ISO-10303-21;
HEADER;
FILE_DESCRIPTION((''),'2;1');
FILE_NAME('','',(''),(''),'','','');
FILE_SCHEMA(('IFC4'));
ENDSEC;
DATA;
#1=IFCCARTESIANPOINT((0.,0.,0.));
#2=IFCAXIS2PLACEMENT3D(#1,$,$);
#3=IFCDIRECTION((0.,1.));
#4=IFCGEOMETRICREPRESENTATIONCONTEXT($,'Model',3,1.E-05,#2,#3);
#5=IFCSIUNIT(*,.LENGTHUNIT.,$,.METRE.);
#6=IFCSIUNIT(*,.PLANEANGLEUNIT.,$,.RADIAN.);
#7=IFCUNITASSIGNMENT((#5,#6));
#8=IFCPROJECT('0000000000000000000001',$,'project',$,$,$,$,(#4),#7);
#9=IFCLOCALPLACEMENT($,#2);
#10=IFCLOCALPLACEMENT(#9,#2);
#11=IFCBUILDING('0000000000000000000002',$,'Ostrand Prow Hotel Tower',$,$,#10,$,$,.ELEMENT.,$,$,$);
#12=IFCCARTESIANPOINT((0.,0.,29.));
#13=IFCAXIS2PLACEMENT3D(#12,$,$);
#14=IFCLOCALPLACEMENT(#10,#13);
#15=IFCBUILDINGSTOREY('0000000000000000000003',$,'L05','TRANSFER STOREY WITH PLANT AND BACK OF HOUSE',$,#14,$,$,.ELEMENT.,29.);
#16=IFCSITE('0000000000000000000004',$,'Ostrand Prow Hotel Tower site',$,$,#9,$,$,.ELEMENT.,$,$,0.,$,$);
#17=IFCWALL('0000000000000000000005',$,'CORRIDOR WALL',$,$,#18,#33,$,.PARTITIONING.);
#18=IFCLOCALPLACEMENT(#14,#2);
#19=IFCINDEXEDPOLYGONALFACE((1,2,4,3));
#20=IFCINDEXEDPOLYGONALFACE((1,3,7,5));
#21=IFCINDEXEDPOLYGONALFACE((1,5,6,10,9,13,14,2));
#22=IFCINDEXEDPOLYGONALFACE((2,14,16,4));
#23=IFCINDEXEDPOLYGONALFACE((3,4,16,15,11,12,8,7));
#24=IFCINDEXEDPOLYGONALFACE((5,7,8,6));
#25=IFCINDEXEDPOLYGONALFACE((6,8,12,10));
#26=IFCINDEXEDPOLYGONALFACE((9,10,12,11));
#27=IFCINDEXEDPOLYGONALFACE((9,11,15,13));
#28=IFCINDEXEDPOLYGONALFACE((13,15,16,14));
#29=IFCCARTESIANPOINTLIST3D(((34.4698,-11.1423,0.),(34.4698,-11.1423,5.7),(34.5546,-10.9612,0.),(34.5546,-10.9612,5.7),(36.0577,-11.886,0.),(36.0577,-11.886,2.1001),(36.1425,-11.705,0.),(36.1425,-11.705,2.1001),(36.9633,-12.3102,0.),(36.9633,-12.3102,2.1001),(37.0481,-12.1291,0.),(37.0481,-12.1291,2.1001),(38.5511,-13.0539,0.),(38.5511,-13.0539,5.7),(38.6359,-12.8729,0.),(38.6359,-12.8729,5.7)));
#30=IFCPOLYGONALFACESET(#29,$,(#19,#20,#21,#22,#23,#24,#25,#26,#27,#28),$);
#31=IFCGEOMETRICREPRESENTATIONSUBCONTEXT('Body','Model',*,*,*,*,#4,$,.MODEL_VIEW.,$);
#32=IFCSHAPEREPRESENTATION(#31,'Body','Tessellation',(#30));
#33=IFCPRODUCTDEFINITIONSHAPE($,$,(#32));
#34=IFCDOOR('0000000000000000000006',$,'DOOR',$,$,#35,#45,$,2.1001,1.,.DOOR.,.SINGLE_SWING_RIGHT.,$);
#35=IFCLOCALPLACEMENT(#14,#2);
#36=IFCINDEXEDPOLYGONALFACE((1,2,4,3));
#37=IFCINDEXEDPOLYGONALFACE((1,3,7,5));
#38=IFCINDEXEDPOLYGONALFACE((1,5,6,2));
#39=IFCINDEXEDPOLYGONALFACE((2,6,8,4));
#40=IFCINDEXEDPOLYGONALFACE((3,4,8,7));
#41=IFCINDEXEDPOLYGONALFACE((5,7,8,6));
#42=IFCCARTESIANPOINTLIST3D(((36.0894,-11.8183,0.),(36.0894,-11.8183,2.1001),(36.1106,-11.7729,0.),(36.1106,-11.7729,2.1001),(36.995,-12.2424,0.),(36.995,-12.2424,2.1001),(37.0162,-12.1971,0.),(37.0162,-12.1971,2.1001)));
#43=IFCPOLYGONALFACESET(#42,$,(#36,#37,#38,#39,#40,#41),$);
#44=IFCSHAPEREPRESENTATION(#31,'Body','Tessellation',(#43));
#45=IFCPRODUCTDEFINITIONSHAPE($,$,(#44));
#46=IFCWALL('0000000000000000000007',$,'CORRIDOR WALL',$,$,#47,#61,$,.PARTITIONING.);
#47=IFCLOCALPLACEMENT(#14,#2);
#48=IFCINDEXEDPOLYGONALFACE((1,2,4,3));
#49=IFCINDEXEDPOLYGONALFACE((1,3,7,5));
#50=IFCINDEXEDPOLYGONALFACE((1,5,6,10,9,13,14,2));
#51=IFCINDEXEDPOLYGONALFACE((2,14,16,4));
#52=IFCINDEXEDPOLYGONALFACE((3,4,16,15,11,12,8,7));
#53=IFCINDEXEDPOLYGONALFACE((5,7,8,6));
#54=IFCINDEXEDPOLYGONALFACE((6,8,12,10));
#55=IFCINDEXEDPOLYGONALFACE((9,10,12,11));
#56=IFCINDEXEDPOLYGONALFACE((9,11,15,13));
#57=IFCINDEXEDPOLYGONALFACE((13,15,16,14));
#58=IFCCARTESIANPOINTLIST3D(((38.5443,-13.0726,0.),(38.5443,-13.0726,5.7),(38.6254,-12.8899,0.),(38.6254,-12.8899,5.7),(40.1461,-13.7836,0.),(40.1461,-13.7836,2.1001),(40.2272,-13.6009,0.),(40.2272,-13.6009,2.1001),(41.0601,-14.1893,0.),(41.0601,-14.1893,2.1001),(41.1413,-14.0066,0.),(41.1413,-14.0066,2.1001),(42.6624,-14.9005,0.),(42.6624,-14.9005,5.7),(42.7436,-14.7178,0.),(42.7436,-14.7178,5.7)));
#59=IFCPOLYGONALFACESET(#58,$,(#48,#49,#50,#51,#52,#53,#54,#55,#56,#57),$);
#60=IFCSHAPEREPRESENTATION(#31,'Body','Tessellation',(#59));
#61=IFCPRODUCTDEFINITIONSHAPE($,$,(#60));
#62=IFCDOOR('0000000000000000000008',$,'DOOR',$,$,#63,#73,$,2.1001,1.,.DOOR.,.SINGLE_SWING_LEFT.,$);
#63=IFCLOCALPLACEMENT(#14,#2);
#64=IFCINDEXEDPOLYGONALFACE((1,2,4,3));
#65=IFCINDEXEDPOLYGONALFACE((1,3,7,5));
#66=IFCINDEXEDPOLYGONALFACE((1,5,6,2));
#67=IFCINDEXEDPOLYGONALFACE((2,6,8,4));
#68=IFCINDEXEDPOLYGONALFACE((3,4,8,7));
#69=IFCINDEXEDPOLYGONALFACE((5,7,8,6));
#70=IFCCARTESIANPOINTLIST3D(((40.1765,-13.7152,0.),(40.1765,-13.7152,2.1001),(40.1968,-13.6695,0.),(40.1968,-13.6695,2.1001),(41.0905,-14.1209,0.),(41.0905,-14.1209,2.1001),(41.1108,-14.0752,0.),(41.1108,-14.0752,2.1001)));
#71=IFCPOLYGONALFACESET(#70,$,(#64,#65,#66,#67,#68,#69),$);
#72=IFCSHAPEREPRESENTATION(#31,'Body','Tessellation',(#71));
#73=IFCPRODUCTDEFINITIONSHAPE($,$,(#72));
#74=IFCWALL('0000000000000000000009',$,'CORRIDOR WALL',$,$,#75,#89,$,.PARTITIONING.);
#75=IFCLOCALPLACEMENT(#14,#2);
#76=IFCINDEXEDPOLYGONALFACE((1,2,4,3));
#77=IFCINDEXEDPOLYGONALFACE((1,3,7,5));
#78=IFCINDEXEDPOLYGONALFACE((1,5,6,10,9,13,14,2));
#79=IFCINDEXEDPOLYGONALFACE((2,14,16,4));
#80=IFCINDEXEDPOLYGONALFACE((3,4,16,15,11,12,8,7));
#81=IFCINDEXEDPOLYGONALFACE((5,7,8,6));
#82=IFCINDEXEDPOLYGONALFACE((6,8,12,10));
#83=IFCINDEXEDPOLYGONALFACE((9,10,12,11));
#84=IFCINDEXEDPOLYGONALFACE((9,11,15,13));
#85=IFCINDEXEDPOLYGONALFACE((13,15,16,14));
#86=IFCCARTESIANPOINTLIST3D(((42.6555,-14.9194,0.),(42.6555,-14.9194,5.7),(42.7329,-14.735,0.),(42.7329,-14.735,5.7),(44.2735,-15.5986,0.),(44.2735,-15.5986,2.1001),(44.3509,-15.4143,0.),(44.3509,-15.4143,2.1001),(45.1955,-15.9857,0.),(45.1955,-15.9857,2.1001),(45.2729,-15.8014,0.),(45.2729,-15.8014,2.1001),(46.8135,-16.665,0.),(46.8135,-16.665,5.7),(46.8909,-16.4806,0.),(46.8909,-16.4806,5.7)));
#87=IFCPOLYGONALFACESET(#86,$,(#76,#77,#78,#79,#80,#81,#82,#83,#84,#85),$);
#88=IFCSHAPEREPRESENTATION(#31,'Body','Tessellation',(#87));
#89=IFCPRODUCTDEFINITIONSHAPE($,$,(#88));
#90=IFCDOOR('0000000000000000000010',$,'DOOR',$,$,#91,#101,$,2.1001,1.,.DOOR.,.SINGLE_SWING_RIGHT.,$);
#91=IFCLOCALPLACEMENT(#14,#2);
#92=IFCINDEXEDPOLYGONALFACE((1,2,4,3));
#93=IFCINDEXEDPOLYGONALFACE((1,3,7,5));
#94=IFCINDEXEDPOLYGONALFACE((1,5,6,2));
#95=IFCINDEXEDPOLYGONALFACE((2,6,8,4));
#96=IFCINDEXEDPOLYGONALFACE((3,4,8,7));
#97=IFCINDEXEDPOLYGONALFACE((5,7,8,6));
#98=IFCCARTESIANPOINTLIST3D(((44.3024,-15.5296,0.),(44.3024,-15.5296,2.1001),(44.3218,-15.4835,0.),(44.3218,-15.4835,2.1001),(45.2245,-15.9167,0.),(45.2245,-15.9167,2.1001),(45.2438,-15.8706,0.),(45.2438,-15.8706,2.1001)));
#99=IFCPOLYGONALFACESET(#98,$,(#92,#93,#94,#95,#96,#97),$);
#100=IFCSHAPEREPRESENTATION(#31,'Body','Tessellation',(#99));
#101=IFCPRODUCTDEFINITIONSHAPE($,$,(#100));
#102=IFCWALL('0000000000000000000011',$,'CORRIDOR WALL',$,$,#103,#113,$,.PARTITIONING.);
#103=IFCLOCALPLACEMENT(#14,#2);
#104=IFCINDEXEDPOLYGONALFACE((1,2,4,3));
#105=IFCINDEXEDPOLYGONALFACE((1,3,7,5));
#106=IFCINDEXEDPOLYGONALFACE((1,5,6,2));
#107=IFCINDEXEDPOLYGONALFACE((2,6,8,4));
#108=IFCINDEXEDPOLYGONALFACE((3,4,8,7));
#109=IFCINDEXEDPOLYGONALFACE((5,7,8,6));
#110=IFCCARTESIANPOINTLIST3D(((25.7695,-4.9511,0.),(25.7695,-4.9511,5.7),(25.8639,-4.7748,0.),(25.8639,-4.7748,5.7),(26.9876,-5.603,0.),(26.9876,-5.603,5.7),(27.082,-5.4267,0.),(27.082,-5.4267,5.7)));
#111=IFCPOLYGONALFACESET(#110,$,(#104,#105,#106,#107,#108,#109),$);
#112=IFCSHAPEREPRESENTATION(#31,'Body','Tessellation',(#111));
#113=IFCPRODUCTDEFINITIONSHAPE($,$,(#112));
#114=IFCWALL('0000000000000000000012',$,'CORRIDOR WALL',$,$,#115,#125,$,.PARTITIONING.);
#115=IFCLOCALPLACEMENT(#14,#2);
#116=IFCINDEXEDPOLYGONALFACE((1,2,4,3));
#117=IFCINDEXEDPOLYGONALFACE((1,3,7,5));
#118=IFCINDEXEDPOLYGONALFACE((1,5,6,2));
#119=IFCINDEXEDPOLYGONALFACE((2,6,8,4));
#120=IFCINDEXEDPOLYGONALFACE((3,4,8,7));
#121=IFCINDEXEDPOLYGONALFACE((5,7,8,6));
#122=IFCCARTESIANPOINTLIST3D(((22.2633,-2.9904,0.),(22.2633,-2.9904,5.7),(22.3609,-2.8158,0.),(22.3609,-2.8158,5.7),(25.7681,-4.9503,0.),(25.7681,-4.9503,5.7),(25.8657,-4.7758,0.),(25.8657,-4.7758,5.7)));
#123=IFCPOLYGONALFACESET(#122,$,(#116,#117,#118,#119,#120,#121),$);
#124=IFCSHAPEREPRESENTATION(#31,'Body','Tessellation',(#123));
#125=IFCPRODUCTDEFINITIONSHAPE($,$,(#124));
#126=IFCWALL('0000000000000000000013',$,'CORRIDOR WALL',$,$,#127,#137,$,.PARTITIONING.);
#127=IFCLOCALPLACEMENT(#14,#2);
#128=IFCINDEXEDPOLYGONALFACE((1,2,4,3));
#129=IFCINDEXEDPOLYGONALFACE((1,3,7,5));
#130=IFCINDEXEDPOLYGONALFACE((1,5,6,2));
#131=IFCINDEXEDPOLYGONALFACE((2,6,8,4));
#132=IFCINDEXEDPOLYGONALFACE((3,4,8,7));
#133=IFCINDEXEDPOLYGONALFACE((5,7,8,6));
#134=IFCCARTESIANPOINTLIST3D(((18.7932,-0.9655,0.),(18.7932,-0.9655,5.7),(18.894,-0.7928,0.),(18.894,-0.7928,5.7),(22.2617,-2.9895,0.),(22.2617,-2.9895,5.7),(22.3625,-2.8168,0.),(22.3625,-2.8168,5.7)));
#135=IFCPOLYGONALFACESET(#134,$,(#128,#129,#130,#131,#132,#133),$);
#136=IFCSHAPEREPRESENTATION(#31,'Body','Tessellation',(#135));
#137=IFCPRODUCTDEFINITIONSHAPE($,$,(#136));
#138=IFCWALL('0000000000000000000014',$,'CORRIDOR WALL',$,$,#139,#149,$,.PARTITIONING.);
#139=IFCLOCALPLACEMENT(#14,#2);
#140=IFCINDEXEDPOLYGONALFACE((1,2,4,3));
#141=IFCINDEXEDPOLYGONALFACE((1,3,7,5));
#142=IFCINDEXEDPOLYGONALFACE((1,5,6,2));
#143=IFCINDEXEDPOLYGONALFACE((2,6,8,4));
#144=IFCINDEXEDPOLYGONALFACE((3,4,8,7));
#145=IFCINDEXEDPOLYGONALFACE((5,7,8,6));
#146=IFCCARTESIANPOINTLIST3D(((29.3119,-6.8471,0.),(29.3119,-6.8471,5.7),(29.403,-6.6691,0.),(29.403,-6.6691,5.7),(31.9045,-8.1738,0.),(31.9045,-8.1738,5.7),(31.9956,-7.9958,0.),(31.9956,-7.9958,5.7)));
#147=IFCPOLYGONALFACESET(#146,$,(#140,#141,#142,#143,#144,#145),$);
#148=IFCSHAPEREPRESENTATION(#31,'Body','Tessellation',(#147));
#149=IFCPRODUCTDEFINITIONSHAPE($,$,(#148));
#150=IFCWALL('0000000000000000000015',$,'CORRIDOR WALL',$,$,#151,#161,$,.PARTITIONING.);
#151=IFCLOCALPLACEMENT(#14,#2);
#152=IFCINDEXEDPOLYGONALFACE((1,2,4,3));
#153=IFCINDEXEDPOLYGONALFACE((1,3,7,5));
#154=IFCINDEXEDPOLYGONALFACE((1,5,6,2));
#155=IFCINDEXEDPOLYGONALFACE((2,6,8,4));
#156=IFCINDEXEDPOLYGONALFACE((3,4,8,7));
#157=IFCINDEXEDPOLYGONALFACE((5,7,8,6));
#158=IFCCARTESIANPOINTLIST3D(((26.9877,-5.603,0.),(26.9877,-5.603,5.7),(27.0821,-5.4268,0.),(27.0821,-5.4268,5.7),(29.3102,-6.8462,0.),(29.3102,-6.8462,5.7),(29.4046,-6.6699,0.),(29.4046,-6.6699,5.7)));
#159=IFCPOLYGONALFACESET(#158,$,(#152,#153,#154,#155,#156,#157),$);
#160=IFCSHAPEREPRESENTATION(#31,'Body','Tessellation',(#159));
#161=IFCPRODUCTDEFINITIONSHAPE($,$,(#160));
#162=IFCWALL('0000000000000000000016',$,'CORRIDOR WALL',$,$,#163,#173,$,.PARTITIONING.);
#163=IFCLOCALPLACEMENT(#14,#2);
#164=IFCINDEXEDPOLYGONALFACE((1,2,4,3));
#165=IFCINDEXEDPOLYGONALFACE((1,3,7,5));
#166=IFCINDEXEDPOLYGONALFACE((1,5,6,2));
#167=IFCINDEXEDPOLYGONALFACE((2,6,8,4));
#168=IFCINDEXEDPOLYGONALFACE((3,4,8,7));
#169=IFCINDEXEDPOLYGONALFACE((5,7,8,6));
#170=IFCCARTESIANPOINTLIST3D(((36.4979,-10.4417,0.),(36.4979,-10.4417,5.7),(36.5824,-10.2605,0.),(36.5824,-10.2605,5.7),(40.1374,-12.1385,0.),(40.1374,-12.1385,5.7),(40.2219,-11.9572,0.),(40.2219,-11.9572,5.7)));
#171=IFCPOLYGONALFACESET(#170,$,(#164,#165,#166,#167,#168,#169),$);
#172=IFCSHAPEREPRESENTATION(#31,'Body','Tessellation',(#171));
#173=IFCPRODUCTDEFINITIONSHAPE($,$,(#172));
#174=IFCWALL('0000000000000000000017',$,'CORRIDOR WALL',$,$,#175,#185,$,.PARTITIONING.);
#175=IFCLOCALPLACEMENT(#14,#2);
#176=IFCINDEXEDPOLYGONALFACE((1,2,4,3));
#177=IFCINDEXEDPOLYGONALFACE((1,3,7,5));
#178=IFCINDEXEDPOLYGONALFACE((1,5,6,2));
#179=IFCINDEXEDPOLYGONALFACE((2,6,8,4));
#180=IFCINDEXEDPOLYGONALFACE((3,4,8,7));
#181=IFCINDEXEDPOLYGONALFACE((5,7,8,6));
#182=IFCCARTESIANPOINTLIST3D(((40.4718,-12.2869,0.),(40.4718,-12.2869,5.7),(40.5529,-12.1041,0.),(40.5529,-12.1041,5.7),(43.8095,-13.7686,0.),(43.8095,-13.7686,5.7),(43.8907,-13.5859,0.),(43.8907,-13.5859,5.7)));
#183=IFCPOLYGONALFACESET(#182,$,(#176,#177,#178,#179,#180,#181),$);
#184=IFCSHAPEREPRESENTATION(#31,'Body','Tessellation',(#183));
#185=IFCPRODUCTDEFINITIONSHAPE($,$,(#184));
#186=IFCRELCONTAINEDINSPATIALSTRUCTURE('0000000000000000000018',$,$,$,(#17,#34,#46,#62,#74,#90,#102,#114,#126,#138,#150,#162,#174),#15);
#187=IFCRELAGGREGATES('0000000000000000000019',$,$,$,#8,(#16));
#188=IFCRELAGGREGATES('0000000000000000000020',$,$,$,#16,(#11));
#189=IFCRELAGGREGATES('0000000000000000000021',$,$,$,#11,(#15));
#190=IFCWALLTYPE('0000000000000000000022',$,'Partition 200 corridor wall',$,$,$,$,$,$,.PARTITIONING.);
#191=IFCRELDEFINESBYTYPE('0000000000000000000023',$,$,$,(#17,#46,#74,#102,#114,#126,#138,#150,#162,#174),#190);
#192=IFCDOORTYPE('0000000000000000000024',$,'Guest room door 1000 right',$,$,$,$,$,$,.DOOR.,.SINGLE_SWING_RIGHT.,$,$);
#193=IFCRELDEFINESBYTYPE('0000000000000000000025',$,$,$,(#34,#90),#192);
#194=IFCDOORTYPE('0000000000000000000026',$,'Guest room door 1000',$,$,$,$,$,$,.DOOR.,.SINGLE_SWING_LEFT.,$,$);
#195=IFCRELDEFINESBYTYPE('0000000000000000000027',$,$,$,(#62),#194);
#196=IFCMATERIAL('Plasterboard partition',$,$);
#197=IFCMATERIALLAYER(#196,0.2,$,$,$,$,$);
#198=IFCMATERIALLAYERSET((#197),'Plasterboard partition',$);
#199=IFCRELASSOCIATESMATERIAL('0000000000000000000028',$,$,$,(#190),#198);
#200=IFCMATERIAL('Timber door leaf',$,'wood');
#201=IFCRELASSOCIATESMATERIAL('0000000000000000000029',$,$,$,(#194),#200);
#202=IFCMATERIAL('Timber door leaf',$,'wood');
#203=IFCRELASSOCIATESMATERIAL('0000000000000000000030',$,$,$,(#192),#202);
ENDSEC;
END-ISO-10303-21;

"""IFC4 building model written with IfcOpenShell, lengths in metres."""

from ifc_helpers import new_model, si_unit, direction, frame, frame_2d, origin, place, context, subcontext, project, spatial, rectangle, extrude, material, layer, layer_set, type_object, element, fill, save


model = new_model("IFC4")

# Units and contexts
model_context = context("Model", 3, precision=1e-05, world=origin(), true_north=direction((0.0, 1.0)))
body_context = subcontext(model_context, "Body", "Model", "MODEL_VIEW")
ifc_project = project(units=[si_unit("LENGTHUNIT", "METRE"), si_unit("PLANEANGLEUNIT", "RADIAN")], contexts=[model_context])

# Site, building, storey
site_placement = place(None, origin())
site = spatial("IfcSite", under=ifc_project, at=site_placement, Name="Ostrand Prow Hotel Tower site", CompositionType="ELEMENT", RefElevation=0.0)
building_placement = place(site_placement, origin())
building = spatial("IfcBuilding", under=site, at=building_placement, Name="Ostrand Prow Hotel Tower", CompositionType="ELEMENT")
storey_placement = place(building_placement, frame((0.0, 0.0, 29.0)))
storey = spatial("IfcBuildingStorey", under=building, at=storey_placement, Name="L05", Description="TRANSFER STOREY WITH PLANT AND BACK OF HOUSE", CompositionType="ELEMENT", Elevation=29.0)

# Walls, openings, doors
ifc_material_1 = material(Name="Plasterboard partition")
ifc_layer_1 = layer(ifc_material_1, 0.2)
ifc_layer_set_1 = layer_set([ifc_layer_1], Name="Plasterboard partition")
wall_type_1 = type_object("IfcWallType", Name="Partition 200 corridor wall", PredefinedType="PARTITIONING", material=ifc_layer_set_1)
ifc_material_2 = material(Name="Timber door leaf", Category="wood")
door_type_1 = type_object("IfcDoorType", Name="Guest room door 1000", OperationType="SINGLE_SWING_LEFT", PredefinedType="DOOR", material=ifc_material_2)
ifc_material_3 = material(Name="Timber door leaf", Category="wood")
door_type_2 = type_object("IfcDoorType", Name="Guest room door 1000 right", OperationType="SINGLE_SWING_RIGHT", PredefinedType="DOOR", material=ifc_material_3)
wall_1_placement = place(storey_placement, frame((34.5122, -11.0518, 0.0), z_axis=(0.0, 0.0, 1.0), x_axis=(0.905586, -0.424163, 0.0)))
wall_1 = element("IfcWall", 1, at=wall_1_placement, inside=storey, type_object=wall_type_1, Name="CORRIDOR WALL", PredefinedType="PARTITIONING", context=body_context, shape_type="SweptSolid", body=[
    extrude(rectangle(XDim=4.5068, YDim=0.2, at=frame_2d((2.2534, 0.0))), origin(), (0.0, 0.0, 1.0), 5.7),
])
opening_1_placement = place(wall_1_placement, frame((1.7534, 0.0, 0.0)))
opening_1 = element("IfcOpeningElement", 2, at=opening_1_placement, cuts=wall_1, PredefinedType="OPENING", context=body_context, shape_type="SweptSolid", body=[
    extrude(rectangle(XDim=1.0, YDim=2.1001, at=frame_2d((0.5, 1.05))), frame((0.0, 0.1099, 0.0), z_axis=(0.0, -1.0, 0.0), x_axis=(1.0, 0.0, 0.0)), (0.0, 0.0, 1.0), 0.22),
])
door_1_placement = place(opening_1_placement, origin())
door_1 = element("IfcDoor", 3, at=door_1_placement, inside=storey, type_object=door_type_2, Name="DOOR", OperationType="SINGLE_SWING_RIGHT", OverallHeight=2.1001, OverallWidth=1.0, PredefinedType="DOOR", context=body_context, shape_type="SweptSolid", body=[
    extrude(rectangle(XDim=1.0, YDim=2.1001, at=frame_2d((0.5, 1.05))), frame((0.0, 0.0249, 0.0), z_axis=(0.0, -1.0, 0.0), x_axis=(1.0, 0.0, 0.0)), (0.0, 0.0, 1.0), 0.05),
])
fill(opening_1, door_1)
wall_2_placement = place(storey_placement, frame((38.5847, -12.9812, 0.0), z_axis=(0.0, 0.0, 1.0), x_axis=(0.91401, -0.405691, 0.0)))
wall_2 = element("IfcWall", 4, at=wall_2_placement, inside=storey, type_object=wall_type_1, Name="CORRIDOR WALL", PredefinedType="PARTITIONING", context=body_context, shape_type="SweptSolid", body=[
    extrude(rectangle(XDim=4.5056, YDim=0.2, at=frame_2d((2.2529, 0.0))), origin(), (0.0, 0.0, 1.0), 5.7),
])
opening_2_placement = place(wall_2_placement, frame((1.7527, 0.0, 0.0)))
opening_2 = element("IfcOpeningElement", 5, at=opening_2_placement, cuts=wall_2, PredefinedType="OPENING", context=body_context, shape_type="SweptSolid", body=[
    extrude(rectangle(XDim=1.0, YDim=2.1001, at=frame_2d((0.5, 1.05))), frame((0.0, 0.1099, 0.0), z_axis=(0.0, -1.0, 0.0), x_axis=(1.0, 0.0, 0.0)), (0.0, 0.0, 1.0), 0.22),
])
door_2_placement = place(opening_2_placement, origin())
door_2 = element("IfcDoor", 6, at=door_2_placement, inside=storey, type_object=door_type_1, Name="DOOR", OperationType="SINGLE_SWING_LEFT", OverallHeight=2.1001, OverallWidth=1.0, PredefinedType="DOOR", context=body_context, shape_type="SweptSolid", body=[
    extrude(rectangle(XDim=1.0, YDim=2.1001, at=frame_2d((0.5, 1.05))), frame((0.0, 0.0249, 0.0), z_axis=(0.0, -1.0, 0.0), x_axis=(1.0, 0.0, 0.0)), (0.0, 0.0, 1.0), 0.05),
])
fill(opening_2, door_2)
wall_3_placement = place(storey_placement, frame((42.6941, -14.8271, 0.0), z_axis=(0.0, 0.0, 1.0), x_axis=(0.92204, -0.387093, 0.0)))
wall_3 = element("IfcWall", 7, at=wall_3_placement, inside=storey, type_object=wall_type_1, Name="CORRIDOR WALL", PredefinedType="PARTITIONING", context=body_context, shape_type="SweptSolid", body=[
    extrude(rectangle(XDim=4.5095, YDim=0.2, at=frame_2d((2.2549, 0.0))), origin(), (0.0, 0.0, 1.0), 5.7),
])
opening_3_placement = place(wall_3_placement, frame((1.7549, 0.0, 0.0)))
opening_3 = element("IfcOpeningElement", 8, at=opening_3_placement, cuts=wall_3, PredefinedType="OPENING", context=body_context, shape_type="SweptSolid", body=[
    extrude(rectangle(XDim=1.0, YDim=2.1001, at=frame_2d((0.5, 1.05))), frame((0.0, 0.1099, 0.0), z_axis=(0.0, -1.0, 0.0), x_axis=(1.0, 0.0, 0.0)), (0.0, 0.0, 1.0), 0.22),
])
door_3_placement = place(opening_3_placement, origin())
door_3 = element("IfcDoor", 9, at=door_3_placement, inside=storey, type_object=door_type_2, Name="DOOR", OperationType="SINGLE_SWING_RIGHT", OverallHeight=2.1001, OverallWidth=1.0, PredefinedType="DOOR", context=body_context, shape_type="SweptSolid", body=[
    extrude(rectangle(XDim=1.0, YDim=2.1001, at=frame_2d((0.5, 1.05))), frame((0.0, 0.0249, 0.0), z_axis=(0.0, -1.0, 0.0), x_axis=(1.0, 0.0, 0.0)), (0.0, 0.0, 1.0), 0.05),
])
fill(opening_3, door_3)

# Walls
wall_4_placement = place(storey_placement, frame((27.0349, -5.5149, 0.0), z_axis=(0.0, 0.0, 1.0), x_axis=(-0.881677, 0.471854, 0.0)))
element("IfcWall", 10, at=wall_4_placement, inside=storey, type_object=wall_type_1, Name="CORRIDOR WALL", PredefinedType="PARTITIONING", context=body_context, shape_type="SweptSolid", body=[
    extrude(rectangle(XDim=1.3816, YDim=0.2, at=frame_2d((0.6909, 0.0))), origin(), (0.0, 0.0, 1.0), 5.7),
])
wall_5_placement = place(storey_placement, frame((25.8169, -4.863, 0.0), z_axis=(0.0, 0.0, 1.0), x_axis=(-0.8728, 0.488078, 0.0)))
element("IfcWall", 11, at=wall_5_placement, inside=storey, type_object=wall_type_1, Name="CORRIDOR WALL", PredefinedType="PARTITIONING", context=body_context, shape_type="SweptSolid", body=[
    extrude(rectangle(XDim=4.0156, YDim=0.2, at=frame_2d((2.0078, 0.0))), origin(), (0.0, 0.0, 1.0), 5.7),
])
wall_6_placement = place(storey_placement, frame((22.312, -2.9031, 0.0), z_axis=(0.0, 0.0, 1.0), x_axis=(-0.863711, 0.503988, 0.0)))
element("IfcWall", 12, at=wall_6_placement, inside=storey, type_object=wall_type_1, Name="CORRIDOR WALL", PredefinedType="PARTITIONING", context=body_context, shape_type="SweptSolid", body=[
    extrude(rectangle(XDim=4.0159, YDim=0.2, at=frame_2d((2.0078, 0.0))), origin(), (0.0, 0.0, 1.0), 5.7),
])
wall_7_placement = place(storey_placement, frame((31.95, -8.0847, 0.0), z_axis=(0.0, 0.0, 1.0), x_axis=(-0.890213, 0.455544, 0.0)))
element("IfcWall", 13, at=wall_7_placement, inside=storey, type_object=wall_type_1, Name="CORRIDOR WALL", PredefinedType="PARTITIONING", context=body_context, shape_type="SweptSolid", body=[
    extrude(rectangle(XDim=2.9124, YDim=0.2, at=frame_2d((1.4561, 0.0))), origin(), (0.0, 0.0, 1.0), 5.7),
])
wall_8_placement = place(storey_placement, frame((29.3574, -6.7581, 0.0), z_axis=(0.0, 0.0, 1.0), x_axis=(-0.881644, 0.471915, 0.0)))
element("IfcWall", 14, at=wall_8_placement, inside=storey, type_object=wall_type_1, Name="CORRIDOR WALL", PredefinedType="PARTITIONING", context=body_context, shape_type="SweptSolid", body=[
    extrude(rectangle(XDim=2.6343, YDim=0.2, at=frame_2d((1.3171, 0.0))), origin(), (0.0, 0.0, 1.0), 5.7),
])
wall_9_placement = place(storey_placement, frame((40.1797, -12.0479, 0.0), z_axis=(0.0, 0.0, 1.0), x_axis=(-0.906348, 0.422533, 0.0)))
element("IfcWall", 15, at=wall_9_placement, inside=storey, type_object=wall_type_1, Name="CORRIDOR WALL", PredefinedType="PARTITIONING", context=body_context, shape_type="SweptSolid", body=[
    extrude(rectangle(XDim=4.0156, YDim=0.2, at=frame_2d((2.0078, 0.0))), origin(), (0.0, 0.0, 1.0), 5.7),
])
wall_10_placement = place(storey_placement, frame((43.8501, -13.6772, 0.0), z_axis=(0.0, 0.0, 1.0), x_axis=(-0.913985, 0.405748, 0.0)))
element("IfcWall", 16, at=wall_10_placement, inside=storey, type_object=wall_type_1, Name="CORRIDOR WALL", PredefinedType="PARTITIONING", context=body_context, shape_type="SweptSolid", body=[
    extrude(rectangle(XDim=3.6519, YDim=0.2, at=frame_2d((1.8259, 0.0))), origin(), (0.0, 0.0, 1.0), 5.7),
])

save(model, "model.ifc")
